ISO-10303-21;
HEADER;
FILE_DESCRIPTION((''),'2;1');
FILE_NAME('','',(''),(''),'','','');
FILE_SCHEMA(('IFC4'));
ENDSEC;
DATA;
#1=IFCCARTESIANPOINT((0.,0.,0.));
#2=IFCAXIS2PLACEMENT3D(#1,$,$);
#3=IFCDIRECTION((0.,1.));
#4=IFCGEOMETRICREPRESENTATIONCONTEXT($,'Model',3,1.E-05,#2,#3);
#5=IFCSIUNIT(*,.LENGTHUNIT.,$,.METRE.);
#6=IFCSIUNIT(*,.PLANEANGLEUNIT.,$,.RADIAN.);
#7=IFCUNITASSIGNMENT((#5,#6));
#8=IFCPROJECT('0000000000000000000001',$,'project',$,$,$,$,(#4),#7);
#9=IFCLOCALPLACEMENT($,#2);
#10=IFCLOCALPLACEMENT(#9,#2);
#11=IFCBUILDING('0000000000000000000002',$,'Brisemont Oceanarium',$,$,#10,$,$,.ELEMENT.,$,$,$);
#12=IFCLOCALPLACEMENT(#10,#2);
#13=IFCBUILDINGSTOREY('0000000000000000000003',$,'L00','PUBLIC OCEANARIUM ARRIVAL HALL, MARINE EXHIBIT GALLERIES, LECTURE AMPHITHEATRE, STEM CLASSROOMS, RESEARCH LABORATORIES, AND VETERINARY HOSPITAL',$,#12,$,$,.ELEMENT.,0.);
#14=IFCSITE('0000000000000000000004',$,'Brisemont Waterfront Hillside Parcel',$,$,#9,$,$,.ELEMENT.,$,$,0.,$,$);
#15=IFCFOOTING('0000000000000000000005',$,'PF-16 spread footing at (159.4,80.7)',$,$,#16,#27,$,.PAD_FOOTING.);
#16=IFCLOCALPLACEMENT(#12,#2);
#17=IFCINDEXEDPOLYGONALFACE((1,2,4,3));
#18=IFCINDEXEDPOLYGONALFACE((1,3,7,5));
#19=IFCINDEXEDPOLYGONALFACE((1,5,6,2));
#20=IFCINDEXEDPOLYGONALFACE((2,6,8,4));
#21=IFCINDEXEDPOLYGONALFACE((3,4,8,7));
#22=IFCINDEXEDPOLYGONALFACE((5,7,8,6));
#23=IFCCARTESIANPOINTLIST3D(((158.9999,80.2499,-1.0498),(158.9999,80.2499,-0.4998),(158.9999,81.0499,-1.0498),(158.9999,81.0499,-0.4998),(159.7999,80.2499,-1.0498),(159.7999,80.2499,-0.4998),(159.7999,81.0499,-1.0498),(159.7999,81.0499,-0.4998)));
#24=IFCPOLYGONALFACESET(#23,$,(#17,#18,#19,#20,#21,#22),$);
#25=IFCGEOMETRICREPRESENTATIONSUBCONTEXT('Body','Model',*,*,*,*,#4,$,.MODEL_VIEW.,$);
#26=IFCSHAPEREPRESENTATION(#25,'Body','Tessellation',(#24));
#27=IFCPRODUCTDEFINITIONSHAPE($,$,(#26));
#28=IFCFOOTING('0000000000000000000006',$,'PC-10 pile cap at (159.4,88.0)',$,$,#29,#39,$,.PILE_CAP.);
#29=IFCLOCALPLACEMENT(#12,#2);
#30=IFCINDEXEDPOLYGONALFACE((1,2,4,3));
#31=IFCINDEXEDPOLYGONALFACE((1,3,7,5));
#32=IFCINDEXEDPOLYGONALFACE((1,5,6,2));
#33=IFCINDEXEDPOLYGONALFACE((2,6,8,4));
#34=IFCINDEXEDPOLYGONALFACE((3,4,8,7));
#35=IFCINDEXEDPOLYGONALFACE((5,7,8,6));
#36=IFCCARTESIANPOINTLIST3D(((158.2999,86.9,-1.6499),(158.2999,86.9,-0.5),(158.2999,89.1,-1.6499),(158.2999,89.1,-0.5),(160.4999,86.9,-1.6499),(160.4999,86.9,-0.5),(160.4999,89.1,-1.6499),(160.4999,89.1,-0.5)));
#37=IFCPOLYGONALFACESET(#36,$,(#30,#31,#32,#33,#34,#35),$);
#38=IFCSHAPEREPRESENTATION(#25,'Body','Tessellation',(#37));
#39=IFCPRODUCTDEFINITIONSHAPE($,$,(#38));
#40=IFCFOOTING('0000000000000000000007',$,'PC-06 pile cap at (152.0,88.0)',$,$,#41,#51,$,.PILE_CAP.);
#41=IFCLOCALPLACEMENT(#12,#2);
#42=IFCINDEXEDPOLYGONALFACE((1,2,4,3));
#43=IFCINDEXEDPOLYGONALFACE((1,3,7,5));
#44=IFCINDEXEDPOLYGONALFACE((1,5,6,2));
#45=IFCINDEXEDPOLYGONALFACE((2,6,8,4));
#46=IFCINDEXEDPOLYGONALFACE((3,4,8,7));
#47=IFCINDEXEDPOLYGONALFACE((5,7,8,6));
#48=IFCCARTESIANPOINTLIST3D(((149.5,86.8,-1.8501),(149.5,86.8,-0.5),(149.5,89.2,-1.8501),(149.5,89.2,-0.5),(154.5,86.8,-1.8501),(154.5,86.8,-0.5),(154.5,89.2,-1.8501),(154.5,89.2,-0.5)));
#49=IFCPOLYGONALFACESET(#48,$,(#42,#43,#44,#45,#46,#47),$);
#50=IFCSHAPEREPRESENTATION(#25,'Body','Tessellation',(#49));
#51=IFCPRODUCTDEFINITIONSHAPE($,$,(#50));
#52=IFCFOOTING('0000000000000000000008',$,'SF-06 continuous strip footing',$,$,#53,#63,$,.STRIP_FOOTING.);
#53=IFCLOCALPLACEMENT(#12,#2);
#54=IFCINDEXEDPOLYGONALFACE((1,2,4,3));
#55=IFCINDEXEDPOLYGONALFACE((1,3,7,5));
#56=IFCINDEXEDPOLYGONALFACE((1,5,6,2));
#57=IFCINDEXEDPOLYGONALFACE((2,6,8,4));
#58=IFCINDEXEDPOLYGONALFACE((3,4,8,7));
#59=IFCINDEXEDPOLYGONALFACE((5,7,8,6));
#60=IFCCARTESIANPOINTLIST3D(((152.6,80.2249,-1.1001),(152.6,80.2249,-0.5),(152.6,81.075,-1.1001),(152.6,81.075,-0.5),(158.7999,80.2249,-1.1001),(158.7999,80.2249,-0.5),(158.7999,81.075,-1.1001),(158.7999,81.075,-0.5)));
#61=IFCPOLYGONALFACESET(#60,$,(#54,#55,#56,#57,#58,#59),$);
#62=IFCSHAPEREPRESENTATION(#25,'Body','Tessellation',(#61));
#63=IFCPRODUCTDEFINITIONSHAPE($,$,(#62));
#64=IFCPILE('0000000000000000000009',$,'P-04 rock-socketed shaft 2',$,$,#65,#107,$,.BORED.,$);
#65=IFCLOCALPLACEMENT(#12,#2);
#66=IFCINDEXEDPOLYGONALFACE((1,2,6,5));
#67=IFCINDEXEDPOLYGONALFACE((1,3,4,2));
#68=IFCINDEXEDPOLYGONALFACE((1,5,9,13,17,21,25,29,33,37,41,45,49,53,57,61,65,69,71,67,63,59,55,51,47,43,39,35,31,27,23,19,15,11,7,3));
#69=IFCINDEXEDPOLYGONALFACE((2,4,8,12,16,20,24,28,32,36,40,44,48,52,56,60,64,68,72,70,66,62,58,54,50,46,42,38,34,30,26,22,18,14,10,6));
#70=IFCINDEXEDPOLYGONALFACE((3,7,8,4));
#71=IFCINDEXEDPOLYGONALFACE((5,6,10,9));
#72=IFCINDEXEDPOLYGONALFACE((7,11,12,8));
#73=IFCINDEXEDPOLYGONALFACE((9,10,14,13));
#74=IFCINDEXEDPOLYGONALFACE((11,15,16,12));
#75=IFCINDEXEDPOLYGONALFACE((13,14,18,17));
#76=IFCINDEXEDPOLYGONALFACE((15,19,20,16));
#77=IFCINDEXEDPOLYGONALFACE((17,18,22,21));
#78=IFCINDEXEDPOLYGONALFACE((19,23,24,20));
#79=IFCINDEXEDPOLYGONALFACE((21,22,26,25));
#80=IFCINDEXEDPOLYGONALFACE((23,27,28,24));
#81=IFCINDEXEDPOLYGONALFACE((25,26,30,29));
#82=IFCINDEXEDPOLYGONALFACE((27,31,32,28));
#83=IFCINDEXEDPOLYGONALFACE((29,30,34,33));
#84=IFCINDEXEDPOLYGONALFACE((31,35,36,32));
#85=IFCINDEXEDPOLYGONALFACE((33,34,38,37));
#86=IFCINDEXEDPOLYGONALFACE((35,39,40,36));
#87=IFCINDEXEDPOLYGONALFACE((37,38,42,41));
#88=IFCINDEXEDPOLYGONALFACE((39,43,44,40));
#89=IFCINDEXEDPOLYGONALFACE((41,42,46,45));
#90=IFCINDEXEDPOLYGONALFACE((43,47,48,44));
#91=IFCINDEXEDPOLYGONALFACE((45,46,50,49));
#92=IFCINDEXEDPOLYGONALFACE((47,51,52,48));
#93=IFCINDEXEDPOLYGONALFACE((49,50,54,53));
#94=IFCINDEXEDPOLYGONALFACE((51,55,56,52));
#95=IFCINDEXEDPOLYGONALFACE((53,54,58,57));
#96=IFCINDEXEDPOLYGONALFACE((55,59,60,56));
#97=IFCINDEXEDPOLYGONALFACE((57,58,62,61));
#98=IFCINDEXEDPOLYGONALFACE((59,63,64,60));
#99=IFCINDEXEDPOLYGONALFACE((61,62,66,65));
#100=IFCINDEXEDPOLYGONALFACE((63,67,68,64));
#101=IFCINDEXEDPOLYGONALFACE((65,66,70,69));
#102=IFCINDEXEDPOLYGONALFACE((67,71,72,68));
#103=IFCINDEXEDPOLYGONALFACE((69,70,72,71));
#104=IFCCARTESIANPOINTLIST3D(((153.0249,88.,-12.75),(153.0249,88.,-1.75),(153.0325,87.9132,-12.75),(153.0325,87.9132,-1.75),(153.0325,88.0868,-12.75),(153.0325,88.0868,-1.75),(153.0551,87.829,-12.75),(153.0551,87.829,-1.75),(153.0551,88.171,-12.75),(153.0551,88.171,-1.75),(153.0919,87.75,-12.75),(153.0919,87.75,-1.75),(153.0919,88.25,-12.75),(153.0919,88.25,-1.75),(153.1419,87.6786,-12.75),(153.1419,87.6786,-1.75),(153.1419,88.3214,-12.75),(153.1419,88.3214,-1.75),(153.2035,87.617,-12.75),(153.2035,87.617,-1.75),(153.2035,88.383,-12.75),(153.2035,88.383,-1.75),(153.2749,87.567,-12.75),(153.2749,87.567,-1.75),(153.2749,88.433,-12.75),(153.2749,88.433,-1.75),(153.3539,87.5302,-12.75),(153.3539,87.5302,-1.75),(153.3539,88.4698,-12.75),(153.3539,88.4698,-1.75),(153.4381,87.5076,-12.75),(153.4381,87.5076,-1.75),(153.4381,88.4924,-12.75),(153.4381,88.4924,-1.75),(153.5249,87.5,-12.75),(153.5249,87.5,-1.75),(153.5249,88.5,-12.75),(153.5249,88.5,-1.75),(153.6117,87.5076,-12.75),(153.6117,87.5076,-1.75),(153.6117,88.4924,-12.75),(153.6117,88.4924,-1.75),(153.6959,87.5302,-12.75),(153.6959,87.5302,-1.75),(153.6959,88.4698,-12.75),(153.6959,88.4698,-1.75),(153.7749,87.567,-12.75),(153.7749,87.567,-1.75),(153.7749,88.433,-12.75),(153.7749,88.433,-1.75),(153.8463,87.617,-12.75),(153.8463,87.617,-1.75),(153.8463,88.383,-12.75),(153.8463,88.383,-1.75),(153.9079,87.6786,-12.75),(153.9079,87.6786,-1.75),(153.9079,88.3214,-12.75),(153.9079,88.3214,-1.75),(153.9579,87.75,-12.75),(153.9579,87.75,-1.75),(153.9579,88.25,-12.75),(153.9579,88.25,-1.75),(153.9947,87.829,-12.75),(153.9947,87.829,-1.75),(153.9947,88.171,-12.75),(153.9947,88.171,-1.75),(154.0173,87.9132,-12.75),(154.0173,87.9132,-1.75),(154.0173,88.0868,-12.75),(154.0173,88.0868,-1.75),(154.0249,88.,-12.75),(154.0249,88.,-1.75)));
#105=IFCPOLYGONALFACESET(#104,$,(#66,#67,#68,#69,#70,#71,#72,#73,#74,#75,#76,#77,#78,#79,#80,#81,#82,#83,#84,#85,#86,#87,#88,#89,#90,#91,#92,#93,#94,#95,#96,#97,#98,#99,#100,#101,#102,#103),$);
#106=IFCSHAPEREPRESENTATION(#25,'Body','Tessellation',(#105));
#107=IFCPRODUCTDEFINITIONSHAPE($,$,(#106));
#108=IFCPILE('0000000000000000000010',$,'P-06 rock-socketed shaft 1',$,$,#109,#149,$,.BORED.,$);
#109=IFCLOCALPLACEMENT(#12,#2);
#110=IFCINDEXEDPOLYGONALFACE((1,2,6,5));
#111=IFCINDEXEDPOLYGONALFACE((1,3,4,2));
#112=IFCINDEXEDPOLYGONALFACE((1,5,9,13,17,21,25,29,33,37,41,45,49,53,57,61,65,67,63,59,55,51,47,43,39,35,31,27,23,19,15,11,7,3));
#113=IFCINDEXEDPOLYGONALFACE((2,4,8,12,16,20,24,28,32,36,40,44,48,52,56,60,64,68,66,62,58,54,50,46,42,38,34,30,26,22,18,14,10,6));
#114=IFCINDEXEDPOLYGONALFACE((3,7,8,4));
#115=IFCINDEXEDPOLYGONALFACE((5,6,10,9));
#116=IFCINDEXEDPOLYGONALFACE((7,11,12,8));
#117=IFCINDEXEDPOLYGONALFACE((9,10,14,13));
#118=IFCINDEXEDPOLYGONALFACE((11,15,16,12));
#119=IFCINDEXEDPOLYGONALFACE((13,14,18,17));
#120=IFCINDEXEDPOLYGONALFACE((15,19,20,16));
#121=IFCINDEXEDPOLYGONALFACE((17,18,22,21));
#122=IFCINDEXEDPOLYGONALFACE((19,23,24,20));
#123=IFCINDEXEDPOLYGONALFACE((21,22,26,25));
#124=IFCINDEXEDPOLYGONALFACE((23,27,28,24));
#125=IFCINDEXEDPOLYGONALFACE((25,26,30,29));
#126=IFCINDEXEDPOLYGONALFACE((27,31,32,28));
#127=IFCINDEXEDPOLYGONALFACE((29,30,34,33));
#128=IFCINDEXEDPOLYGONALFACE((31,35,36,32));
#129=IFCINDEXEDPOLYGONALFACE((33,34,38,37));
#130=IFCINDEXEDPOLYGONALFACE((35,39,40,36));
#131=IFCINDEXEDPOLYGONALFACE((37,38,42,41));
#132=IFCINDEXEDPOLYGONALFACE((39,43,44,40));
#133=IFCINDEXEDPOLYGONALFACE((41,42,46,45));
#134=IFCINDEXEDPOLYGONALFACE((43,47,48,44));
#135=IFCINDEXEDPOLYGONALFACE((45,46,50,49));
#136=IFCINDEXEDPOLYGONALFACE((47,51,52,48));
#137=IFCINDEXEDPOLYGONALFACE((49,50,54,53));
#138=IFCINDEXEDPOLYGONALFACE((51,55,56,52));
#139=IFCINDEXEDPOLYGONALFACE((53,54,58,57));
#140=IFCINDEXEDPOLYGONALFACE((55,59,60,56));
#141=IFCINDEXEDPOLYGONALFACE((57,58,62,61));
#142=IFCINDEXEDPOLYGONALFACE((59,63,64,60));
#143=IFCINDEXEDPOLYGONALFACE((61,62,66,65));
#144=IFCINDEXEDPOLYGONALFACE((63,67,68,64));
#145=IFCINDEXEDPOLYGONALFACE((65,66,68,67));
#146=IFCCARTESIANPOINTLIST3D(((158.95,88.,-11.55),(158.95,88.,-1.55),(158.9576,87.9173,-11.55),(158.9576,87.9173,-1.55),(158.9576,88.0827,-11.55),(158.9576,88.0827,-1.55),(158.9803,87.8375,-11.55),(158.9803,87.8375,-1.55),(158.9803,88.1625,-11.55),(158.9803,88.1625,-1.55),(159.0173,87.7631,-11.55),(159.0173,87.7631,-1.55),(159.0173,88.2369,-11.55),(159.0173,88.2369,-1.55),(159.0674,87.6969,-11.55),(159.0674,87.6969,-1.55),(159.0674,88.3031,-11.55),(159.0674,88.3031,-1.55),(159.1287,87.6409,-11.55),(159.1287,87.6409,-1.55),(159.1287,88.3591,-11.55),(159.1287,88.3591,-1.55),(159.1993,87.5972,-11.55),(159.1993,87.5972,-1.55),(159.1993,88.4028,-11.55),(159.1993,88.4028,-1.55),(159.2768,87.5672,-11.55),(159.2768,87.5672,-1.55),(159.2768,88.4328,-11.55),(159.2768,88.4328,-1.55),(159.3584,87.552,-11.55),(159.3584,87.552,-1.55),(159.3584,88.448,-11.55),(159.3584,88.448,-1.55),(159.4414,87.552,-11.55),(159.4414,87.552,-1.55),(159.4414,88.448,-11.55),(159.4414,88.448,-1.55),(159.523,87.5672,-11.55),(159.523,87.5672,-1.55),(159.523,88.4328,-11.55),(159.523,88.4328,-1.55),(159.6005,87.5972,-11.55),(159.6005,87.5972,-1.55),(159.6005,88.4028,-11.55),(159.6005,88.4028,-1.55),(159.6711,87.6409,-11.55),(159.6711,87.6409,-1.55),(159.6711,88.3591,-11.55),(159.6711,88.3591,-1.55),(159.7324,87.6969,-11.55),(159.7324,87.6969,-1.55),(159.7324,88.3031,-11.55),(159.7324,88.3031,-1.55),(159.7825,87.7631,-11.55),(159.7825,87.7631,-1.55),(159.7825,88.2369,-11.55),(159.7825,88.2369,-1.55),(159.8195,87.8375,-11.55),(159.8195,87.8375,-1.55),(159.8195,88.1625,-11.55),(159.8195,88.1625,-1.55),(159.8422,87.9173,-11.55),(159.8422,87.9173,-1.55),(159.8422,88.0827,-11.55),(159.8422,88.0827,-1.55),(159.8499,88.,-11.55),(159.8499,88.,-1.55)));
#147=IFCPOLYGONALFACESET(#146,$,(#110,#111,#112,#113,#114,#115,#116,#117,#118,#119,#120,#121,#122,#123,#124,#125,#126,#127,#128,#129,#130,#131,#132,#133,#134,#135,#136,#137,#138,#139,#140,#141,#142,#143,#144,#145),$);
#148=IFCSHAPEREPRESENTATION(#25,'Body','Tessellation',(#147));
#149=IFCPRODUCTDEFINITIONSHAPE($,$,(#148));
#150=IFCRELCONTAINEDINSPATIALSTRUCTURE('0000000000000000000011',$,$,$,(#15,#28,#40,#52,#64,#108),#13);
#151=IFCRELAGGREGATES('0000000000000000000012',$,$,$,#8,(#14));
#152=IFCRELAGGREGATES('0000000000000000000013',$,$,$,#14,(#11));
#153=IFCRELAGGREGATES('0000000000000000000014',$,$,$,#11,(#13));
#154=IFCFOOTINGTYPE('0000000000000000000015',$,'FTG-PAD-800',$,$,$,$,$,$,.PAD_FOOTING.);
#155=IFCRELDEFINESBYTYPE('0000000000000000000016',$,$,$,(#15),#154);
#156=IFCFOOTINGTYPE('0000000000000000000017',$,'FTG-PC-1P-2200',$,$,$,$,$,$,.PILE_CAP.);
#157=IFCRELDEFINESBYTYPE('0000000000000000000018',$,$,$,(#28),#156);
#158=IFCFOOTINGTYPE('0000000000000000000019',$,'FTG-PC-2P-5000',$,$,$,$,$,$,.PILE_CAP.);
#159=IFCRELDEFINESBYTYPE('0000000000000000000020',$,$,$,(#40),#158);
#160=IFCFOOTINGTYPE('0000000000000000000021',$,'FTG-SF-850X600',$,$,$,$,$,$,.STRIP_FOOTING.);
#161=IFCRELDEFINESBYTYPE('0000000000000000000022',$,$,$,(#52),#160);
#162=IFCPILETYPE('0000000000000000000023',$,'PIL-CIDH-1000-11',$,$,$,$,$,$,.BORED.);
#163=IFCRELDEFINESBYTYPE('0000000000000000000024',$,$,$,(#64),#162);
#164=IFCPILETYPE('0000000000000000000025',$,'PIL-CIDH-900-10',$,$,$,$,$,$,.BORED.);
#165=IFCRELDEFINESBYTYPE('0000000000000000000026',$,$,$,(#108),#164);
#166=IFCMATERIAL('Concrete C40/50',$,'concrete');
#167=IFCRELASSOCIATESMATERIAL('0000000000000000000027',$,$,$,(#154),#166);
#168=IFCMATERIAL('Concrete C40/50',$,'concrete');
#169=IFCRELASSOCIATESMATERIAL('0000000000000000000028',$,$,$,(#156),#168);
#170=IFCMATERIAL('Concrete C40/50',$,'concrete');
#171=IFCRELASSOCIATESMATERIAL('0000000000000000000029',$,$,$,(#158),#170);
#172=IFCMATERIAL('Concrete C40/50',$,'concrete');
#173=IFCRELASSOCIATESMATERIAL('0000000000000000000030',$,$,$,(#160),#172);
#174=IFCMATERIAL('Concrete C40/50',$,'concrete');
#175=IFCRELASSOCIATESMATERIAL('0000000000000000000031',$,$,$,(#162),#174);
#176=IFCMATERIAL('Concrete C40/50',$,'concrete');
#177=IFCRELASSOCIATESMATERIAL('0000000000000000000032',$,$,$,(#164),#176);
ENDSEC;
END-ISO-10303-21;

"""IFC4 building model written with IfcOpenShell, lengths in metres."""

from ifc_helpers import new_model, si_unit, direction, frame, origin, origin_2d, place, context, subcontext, project, spatial, rectangle, circle, extrude, material, material_profile, profile_set, type_object, element, save


model = new_model("IFC4")

# Units and contexts
model_context = context("Model", 3, precision=1e-05, world=origin(), true_north=direction((0.0, 1.0)))
body_context = subcontext(model_context, "Body", "Model", "MODEL_VIEW")
ifc_project = project(units=[si_unit("LENGTHUNIT", "METRE"), si_unit("PLANEANGLEUNIT", "RADIAN")], contexts=[model_context])

# Site, building, storey
site_placement = place(None, origin())
site = spatial("IfcSite", under=ifc_project, at=site_placement, Name="Brisemont Waterfront Hillside Parcel", CompositionType="ELEMENT", RefElevation=0.0)
building_placement = place(site_placement, origin())
building = spatial("IfcBuilding", under=site, at=building_placement, Name="Brisemont Oceanarium", CompositionType="ELEMENT")
storey_placement = place(building_placement, origin())
storey = spatial("IfcBuildingStorey", under=building, at=storey_placement, Name="L00", Description="PUBLIC OCEANARIUM ARRIVAL HALL, MARINE EXHIBIT GALLERIES, LECTURE AMPHITHEATRE, STEM CLASSROOMS, RESEARCH LABORATORIES, AND VETERINARY HOSPITAL", CompositionType="ELEMENT", Elevation=0.0)

# Footings
ifc_material_1 = material(Name="Concrete C40/50", Category="concrete")
footing_type_1 = type_object("IfcFootingType", Name="FTG-PAD-800", PredefinedType="PAD_FOOTING", material=ifc_material_1)
footing_1_placement = place(storey_placement, frame((159.3999, 80.6499, -1.0498), z_axis=(0.0, 0.0, 1.0), x_axis=(1.0, 0.0, 0.0)))
element("IfcFooting", 1, at=footing_1_placement, inside=storey, type_object=footing_type_1, Name="PF-16 spread footing at (159.4,80.7)", PredefinedType="PAD_FOOTING", context=body_context, shape_type="SweptSolid", body=[
    extrude(rectangle(XDim=0.8, YDim=0.8, at=origin_2d()), origin(), (0.0, 0.0, 1.0), 0.55),
])
ifc_material_2 = material(Name="Concrete C40/50", Category="concrete")
footing_type_2 = type_object("IfcFootingType", Name="FTG-PC-1P-2200", PredefinedType="PILE_CAP", material=ifc_material_2)
footing_2_placement = place(storey_placement, frame((159.3999, 88.0, -1.6499), z_axis=(0.0, 0.0, 1.0), x_axis=(1.0, 0.0, 0.0)))
element("IfcFooting", 2, at=footing_2_placement, inside=storey, type_object=footing_type_2, Name="PC-10 pile cap at (159.4,88.0)", PredefinedType="PILE_CAP", context=body_context, shape_type="SweptSolid", body=[
    extrude(rectangle(XDim=2.2, YDim=2.2, at=origin_2d()), origin(), (0.0, 0.0, 1.0), 1.1499),
])
ifc_material_3 = material(Name="Concrete C40/50", Category="concrete")
footing_type_3 = type_object("IfcFootingType", Name="FTG-PC-2P-5000", PredefinedType="PILE_CAP", material=ifc_material_3)
footing_3_placement = place(storey_placement, frame((152.0, 88.0, -1.8501), z_axis=(0.0, 0.0, 1.0), x_axis=(1.0, 0.0, 0.0)))
element("IfcFooting", 3, at=footing_3_placement, inside=storey, type_object=footing_type_3, Name="PC-06 pile cap at (152.0,88.0)", PredefinedType="PILE_CAP", context=body_context, shape_type="SweptSolid", body=[
    extrude(rectangle(XDim=5.0, YDim=2.3999, at=origin_2d()), origin(), (0.0, 0.0, 1.0), 1.3501),
])
ifc_material_4 = material(Name="Concrete C40/50", Category="concrete")
footing_type_4 = type_object("IfcFootingType", Name="FTG-SF-850X600", PredefinedType="STRIP_FOOTING", material=ifc_material_4)
footing_4_placement = place(storey_placement, frame((155.7, 80.6499, -1.1001), z_axis=(0.0, 0.0, 1.0), x_axis=(1.0, 0.0, 0.0)))
element("IfcFooting", 4, at=footing_4_placement, inside=storey, type_object=footing_type_4, Name="SF-06 continuous strip footing", PredefinedType="STRIP_FOOTING", context=body_context, shape_type="SweptSolid", body=[
    extrude(rectangle(XDim=6.2, YDim=0.8501, at=origin_2d()), origin(), (0.0, 0.0, 1.0), 0.6001),
])

# Piles
ifc_material_5 = material(Name="Concrete C40/50", Category="concrete")
ifc_material_profile_1 = material_profile(ifc_material_5, circle(Radius=0.5, at=origin_2d()), Name="CIDH-D1000")
ifc_profile_set_1 = profile_set([ifc_material_profile_1], Name="Concrete C40/50")
pile_type_1 = type_object("IfcPileType", Name="PIL-CIDH-1000-11", PredefinedType="BORED", material=ifc_profile_set_1)
pile_1_placement = place(storey_placement, frame((153.5249, 88.0, -1.75), z_axis=(0.0, 0.0, -1.0), x_axis=(1.0, 0.0, 0.0)))
element("IfcPile", 5, at=pile_1_placement, inside=storey, type_object=pile_type_1, Name="P-04 rock-socketed shaft 2", PredefinedType="BORED", context=body_context, shape_type="SweptSolid", body=[
    extrude(circle(Radius=0.5, at=origin_2d()), origin(), (0.0, 0.0, 1.0), 11.0),
])
ifc_material_6 = material(Name="Concrete C40/50", Category="concrete")
ifc_material_profile_2 = material_profile(ifc_material_6, circle(Radius=0.45, at=origin_2d()), Name="CIDH-D900")
ifc_profile_set_2 = profile_set([ifc_material_profile_2], Name="Concrete C40/50")
pile_type_2 = type_object("IfcPileType", Name="PIL-CIDH-900-10", PredefinedType="BORED", material=ifc_profile_set_2)
pile_2_placement = place(storey_placement, frame((159.3999, 88.0, -1.55), z_axis=(0.0, 0.0, -1.0), x_axis=(1.0, 0.0, 0.0)))
element("IfcPile", 6, at=pile_2_placement, inside=storey, type_object=pile_type_2, Name="P-06 rock-socketed shaft 1", PredefinedType="BORED", context=body_context, shape_type="SweptSolid", body=[
    extrude(circle(Radius=0.45, at=origin_2d()), origin(), (0.0, 0.0, 1.0), 10.0),
])

save(model, "model.ifc")
